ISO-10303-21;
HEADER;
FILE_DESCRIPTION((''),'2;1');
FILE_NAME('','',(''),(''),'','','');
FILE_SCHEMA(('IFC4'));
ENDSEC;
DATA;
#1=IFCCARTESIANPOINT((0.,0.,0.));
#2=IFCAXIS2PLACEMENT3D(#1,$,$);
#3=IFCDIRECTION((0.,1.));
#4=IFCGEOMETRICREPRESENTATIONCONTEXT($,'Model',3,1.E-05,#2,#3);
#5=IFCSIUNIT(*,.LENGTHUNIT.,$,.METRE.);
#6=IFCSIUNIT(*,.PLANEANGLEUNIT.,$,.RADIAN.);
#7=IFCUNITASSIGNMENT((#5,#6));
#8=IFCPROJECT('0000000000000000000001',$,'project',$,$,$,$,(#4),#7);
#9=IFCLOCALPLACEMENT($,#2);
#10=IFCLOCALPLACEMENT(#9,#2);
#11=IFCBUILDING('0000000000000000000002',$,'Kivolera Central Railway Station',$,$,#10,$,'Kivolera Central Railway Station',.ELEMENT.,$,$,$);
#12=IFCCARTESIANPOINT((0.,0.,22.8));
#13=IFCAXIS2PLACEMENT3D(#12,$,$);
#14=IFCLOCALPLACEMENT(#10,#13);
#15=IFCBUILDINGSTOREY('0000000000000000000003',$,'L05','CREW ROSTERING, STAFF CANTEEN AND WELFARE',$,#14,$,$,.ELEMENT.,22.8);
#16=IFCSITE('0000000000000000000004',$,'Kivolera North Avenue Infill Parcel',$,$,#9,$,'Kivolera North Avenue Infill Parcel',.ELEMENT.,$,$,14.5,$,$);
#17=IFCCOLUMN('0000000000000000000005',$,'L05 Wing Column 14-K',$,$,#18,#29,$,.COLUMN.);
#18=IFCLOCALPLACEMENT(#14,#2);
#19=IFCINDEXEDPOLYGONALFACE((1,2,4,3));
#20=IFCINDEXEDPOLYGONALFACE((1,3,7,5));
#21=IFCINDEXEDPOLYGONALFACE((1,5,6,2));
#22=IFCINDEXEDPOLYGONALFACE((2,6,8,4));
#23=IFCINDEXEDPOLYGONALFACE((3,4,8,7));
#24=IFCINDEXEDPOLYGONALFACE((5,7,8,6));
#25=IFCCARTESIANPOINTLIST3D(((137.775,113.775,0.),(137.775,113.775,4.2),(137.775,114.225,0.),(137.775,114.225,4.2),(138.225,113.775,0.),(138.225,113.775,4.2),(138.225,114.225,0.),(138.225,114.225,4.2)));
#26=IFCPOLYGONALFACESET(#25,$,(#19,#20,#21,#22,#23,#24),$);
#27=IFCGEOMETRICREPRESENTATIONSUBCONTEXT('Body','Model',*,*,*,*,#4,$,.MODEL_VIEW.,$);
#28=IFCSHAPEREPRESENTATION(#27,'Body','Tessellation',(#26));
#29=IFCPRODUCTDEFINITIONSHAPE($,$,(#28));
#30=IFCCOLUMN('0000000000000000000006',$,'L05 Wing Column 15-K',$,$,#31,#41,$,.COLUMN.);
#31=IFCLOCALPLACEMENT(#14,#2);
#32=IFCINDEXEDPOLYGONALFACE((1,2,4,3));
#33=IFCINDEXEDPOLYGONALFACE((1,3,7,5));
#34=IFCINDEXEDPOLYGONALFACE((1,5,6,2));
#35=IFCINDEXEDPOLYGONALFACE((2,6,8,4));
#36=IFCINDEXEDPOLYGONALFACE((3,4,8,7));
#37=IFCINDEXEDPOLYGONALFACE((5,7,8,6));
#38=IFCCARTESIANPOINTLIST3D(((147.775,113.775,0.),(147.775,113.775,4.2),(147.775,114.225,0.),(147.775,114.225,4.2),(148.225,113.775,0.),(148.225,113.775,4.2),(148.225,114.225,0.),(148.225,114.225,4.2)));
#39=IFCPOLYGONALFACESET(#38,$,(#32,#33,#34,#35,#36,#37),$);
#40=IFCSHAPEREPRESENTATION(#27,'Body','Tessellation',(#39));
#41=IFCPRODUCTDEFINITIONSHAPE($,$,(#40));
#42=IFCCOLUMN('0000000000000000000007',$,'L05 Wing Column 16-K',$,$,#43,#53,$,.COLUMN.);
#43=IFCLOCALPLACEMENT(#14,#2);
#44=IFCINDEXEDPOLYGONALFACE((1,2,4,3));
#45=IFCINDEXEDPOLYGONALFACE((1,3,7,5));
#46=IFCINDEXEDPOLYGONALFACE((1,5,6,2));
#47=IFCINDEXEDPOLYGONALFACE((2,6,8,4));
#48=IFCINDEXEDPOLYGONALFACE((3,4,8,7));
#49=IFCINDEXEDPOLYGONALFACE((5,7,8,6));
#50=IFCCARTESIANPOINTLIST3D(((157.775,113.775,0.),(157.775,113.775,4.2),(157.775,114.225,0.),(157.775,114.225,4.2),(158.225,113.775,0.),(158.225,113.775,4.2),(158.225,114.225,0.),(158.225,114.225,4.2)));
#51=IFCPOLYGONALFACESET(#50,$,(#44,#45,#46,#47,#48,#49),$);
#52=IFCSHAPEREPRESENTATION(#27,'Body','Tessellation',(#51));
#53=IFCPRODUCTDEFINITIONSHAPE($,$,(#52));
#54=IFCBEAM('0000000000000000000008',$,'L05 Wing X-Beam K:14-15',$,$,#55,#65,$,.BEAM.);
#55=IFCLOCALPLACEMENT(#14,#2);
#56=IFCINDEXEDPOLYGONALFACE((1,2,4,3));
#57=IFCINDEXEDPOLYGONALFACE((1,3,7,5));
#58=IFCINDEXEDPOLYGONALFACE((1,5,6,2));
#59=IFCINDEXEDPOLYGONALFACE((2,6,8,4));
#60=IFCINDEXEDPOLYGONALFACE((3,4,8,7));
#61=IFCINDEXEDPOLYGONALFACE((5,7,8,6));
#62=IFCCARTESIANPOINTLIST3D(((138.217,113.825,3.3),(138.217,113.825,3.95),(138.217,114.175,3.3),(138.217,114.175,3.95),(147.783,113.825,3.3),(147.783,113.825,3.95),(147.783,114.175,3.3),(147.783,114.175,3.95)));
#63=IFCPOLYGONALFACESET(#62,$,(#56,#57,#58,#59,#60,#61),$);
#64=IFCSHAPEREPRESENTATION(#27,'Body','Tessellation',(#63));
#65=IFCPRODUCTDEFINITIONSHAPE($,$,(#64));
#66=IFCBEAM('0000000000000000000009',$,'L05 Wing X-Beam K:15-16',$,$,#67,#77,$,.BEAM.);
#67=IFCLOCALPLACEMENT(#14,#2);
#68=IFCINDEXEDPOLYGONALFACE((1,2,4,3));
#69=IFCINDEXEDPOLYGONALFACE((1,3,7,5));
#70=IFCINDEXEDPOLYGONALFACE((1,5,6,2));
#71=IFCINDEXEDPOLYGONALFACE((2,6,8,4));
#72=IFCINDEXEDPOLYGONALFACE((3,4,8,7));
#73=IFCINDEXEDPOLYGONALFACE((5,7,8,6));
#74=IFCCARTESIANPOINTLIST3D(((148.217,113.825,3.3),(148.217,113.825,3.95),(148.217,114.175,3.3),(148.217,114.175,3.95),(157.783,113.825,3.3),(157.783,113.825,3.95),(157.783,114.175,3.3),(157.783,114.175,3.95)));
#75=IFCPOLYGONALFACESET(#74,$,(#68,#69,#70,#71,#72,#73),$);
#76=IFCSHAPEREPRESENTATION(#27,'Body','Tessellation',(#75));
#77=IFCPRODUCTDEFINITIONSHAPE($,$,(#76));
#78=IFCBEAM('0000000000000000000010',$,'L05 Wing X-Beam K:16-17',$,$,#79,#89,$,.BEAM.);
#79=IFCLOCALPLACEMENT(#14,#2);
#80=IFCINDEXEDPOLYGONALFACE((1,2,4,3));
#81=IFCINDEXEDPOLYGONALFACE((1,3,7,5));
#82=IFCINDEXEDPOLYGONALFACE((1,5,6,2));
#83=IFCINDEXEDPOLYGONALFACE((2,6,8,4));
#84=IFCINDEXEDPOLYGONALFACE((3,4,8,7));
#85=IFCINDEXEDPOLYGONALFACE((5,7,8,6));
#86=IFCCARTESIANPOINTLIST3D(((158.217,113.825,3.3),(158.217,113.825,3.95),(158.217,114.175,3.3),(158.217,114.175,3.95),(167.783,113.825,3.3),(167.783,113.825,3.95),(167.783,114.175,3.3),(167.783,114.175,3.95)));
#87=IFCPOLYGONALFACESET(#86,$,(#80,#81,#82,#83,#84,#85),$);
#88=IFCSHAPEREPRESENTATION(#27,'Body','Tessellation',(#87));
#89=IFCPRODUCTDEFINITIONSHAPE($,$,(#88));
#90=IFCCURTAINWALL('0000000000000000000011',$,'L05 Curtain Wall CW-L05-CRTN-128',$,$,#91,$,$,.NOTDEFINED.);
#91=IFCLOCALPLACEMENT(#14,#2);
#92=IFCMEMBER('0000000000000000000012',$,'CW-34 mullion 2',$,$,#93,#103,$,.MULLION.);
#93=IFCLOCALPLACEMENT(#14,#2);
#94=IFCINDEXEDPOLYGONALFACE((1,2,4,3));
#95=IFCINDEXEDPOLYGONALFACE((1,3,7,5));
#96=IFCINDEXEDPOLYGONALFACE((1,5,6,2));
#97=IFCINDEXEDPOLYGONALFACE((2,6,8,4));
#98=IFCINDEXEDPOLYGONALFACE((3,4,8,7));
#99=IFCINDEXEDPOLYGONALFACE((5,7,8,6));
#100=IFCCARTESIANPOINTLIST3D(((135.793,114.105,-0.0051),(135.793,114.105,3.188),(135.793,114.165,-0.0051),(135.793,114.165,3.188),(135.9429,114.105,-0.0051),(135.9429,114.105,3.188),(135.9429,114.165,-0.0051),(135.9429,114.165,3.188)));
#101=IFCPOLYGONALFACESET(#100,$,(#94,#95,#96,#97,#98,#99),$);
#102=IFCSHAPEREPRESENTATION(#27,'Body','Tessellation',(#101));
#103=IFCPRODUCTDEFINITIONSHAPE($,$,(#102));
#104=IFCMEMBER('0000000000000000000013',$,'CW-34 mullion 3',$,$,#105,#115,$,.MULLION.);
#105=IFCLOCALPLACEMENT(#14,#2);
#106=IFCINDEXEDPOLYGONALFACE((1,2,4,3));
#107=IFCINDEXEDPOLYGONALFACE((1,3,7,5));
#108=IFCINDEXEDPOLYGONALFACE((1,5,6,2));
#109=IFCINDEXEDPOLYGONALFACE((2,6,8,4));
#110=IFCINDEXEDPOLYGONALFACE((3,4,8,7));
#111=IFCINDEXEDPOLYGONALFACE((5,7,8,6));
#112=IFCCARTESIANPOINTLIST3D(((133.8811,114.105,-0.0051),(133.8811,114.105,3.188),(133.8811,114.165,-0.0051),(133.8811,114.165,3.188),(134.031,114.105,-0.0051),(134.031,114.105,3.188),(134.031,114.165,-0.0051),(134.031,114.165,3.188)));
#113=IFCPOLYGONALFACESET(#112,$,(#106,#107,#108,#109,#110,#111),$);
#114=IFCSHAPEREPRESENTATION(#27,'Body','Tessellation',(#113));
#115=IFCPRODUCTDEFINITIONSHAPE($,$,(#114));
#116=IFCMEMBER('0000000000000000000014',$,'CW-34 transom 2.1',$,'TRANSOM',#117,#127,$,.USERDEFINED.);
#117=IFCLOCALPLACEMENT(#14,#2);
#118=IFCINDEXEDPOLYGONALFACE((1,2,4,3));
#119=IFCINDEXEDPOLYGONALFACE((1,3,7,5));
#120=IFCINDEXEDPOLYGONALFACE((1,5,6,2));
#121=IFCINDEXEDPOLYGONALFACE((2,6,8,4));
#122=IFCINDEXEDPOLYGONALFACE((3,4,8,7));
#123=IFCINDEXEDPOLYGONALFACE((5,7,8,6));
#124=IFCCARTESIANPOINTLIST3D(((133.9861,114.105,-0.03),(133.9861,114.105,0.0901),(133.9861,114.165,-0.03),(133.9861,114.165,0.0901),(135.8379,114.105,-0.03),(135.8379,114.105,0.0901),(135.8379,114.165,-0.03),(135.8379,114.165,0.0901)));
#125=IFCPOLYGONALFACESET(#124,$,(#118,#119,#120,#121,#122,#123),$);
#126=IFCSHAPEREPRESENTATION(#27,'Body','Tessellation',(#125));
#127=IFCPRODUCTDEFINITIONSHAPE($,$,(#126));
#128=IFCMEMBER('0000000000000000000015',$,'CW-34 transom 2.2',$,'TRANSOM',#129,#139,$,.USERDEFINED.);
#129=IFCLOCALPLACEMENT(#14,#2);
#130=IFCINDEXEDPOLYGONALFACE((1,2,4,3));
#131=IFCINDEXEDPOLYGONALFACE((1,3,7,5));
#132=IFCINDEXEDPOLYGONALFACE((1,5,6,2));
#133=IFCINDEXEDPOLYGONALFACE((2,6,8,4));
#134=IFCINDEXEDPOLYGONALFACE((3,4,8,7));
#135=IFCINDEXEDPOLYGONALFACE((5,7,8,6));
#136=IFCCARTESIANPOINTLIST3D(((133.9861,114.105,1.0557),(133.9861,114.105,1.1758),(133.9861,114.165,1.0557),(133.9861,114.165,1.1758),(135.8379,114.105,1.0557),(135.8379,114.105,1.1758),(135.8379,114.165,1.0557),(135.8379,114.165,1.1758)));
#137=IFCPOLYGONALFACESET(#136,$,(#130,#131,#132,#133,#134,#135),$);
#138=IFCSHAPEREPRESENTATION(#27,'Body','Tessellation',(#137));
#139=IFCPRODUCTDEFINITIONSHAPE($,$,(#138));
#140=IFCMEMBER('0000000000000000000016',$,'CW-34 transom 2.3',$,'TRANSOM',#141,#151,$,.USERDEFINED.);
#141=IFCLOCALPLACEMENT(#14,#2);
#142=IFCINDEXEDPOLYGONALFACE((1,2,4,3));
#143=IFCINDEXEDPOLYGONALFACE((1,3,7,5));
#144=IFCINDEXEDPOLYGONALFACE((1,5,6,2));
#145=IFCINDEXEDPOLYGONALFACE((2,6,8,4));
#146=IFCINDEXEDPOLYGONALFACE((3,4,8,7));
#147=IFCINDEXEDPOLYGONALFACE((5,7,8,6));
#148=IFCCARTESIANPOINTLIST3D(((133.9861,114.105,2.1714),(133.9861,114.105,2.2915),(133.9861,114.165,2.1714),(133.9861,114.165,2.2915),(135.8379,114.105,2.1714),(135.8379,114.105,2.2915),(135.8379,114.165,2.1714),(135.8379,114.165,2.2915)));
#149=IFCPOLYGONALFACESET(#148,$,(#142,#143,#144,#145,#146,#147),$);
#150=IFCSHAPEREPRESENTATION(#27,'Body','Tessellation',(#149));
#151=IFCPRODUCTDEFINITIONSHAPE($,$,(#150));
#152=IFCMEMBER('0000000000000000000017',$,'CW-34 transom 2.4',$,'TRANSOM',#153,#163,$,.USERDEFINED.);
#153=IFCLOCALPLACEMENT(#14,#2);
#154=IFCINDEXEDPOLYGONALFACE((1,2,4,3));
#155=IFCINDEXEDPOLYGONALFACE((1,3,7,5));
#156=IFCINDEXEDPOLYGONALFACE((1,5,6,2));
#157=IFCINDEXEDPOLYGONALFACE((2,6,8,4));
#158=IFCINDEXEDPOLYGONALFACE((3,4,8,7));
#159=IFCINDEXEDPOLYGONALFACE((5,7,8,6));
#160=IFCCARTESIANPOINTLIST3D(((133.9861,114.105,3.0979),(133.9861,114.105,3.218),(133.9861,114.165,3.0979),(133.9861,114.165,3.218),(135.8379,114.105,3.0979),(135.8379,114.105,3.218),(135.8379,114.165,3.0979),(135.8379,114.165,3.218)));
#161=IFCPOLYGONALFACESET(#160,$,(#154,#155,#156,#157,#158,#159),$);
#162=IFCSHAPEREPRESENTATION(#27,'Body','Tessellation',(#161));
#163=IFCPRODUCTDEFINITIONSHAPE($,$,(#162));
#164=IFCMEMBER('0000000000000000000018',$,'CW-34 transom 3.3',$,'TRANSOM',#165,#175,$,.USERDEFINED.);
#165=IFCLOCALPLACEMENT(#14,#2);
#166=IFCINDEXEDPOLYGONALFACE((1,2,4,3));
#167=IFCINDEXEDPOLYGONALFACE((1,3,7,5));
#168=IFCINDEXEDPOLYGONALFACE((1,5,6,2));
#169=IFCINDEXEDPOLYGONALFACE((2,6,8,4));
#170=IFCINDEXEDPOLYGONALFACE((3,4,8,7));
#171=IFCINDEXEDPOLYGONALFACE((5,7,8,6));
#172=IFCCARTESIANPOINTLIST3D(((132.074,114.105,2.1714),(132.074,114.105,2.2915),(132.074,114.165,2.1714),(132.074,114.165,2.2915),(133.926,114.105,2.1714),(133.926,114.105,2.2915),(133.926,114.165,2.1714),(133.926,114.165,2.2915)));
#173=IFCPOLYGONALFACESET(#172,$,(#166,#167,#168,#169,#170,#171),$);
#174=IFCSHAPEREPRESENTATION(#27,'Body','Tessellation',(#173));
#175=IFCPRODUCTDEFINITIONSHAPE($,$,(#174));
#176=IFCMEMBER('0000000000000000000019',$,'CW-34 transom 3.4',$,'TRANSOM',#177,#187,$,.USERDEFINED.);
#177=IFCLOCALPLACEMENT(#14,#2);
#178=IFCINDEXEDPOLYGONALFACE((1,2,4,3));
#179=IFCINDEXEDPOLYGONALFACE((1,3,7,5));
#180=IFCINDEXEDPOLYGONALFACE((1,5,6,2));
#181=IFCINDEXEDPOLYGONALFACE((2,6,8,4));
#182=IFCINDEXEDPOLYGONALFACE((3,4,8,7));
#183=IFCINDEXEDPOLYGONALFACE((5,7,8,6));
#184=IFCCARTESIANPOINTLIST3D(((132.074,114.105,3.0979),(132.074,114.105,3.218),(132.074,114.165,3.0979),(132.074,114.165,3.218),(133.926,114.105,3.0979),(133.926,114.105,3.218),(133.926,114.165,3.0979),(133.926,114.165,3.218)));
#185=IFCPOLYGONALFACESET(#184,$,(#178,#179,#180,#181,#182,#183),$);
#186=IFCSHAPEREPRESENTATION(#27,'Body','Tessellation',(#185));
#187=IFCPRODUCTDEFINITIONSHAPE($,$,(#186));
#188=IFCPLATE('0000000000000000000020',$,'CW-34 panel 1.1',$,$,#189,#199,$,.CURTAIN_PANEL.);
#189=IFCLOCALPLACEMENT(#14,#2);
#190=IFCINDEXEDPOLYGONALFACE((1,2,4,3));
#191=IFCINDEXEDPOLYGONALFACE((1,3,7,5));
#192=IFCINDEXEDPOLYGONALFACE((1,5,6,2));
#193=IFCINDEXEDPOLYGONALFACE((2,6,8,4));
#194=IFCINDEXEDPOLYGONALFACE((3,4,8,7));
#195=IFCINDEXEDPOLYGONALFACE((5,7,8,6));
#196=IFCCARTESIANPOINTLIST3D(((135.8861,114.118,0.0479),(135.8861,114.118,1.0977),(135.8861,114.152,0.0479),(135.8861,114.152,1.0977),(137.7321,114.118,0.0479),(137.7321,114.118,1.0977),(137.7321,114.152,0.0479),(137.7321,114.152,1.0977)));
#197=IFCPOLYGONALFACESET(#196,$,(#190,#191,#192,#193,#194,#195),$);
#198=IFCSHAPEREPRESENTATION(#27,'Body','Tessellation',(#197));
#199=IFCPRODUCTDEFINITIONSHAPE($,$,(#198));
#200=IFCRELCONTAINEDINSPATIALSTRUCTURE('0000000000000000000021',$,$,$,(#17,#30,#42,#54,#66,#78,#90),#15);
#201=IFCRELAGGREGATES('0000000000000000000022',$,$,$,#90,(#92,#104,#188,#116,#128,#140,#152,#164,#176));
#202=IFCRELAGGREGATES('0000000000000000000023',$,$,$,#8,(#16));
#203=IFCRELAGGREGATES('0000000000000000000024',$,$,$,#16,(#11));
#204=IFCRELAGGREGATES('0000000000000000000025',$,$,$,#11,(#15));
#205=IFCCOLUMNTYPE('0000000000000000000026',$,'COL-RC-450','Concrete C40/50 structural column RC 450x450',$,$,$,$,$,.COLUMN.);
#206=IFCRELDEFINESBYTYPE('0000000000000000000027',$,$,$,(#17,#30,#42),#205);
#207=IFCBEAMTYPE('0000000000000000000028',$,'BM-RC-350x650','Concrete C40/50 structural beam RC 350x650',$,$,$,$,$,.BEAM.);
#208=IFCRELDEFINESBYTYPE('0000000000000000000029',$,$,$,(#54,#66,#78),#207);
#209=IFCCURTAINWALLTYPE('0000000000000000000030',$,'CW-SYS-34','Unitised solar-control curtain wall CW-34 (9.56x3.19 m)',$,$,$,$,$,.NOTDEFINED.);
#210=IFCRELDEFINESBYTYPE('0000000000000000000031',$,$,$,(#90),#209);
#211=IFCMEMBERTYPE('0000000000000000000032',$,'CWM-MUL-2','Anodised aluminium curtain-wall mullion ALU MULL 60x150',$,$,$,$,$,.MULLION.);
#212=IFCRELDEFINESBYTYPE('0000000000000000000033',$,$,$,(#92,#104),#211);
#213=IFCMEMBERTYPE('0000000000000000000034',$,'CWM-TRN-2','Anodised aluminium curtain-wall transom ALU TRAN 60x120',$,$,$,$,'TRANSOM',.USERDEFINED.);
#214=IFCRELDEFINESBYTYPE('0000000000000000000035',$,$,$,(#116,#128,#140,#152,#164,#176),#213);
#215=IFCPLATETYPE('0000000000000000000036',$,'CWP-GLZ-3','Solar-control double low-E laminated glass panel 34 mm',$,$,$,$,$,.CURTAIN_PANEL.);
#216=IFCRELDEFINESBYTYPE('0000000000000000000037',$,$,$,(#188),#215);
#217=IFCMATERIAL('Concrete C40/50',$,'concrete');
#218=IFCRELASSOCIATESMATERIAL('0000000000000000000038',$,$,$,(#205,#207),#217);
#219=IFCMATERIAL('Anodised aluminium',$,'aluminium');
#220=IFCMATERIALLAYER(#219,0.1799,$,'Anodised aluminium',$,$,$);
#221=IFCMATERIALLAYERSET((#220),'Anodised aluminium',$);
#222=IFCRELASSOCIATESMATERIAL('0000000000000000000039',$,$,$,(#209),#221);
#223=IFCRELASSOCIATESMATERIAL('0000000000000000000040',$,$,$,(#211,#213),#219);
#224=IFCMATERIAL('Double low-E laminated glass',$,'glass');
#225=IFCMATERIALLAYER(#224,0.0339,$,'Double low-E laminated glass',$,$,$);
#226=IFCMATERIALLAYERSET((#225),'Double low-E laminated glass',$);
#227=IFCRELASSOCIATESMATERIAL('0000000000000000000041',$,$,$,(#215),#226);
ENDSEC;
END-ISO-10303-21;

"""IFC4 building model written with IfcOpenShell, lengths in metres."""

from ifc_helpers import new_model, si_unit, direction, frame, origin, origin_2d, place, context, subcontext, project, spatial, rectangle, extrude, material, layer, layer_set, material_profile, profile_set, type_object, element, aggregate, save


model = new_model("IFC4")

# Units and contexts
model_context = context("Model", 3, precision=1e-05, world=origin(), true_north=direction((0.0, 1.0)))
body_context = subcontext(model_context, "Body", "Model", "MODEL_VIEW")
ifc_project = project(units=[si_unit("LENGTHUNIT", "METRE"), si_unit("PLANEANGLEUNIT", "RADIAN")], contexts=[model_context])

# Site, building, storey
site_placement = place(None, origin())
site = spatial("IfcSite", under=ifc_project, at=site_placement, Name="Kivolera North Avenue Infill Parcel", LongName="Kivolera North Avenue Infill Parcel", CompositionType="ELEMENT", RefElevation=14.5)
building_placement = place(site_placement, origin())
building = spatial("IfcBuilding", under=site, at=building_placement, Name="Kivolera Central Railway Station", LongName="Kivolera Central Railway Station", CompositionType="ELEMENT")
storey_placement = place(building_placement, frame((0.0, 0.0, 22.8)))
storey = spatial("IfcBuildingStorey", under=building, at=storey_placement, Name="L05", Description="CREW ROSTERING, STAFF CANTEEN AND WELFARE", CompositionType="ELEMENT", Elevation=22.8)

# Columns
ifc_material_1 = material(Name="Concrete C40/50", Category="concrete")
ifc_material_profile_1 = material_profile(ifc_material_1, rectangle(XDim=0.45, YDim=0.45, at=origin_2d()), Name="RC 450x450")
ifc_profile_set_1 = profile_set([ifc_material_profile_1], Name="Concrete C40/50")
column_type = type_object("IfcColumnType", Name="COL-RC-450", Description="Concrete C40/50 structural column RC 450x450", PredefinedType="COLUMN", material=ifc_profile_set_1)
for number, where, z_axis, x_axis, name in (
    (1, (138.0, 114.0, 0.0), (0.0, 0.0, 1.0), (1.0, 0.0, 0.0), "L05 Wing Column 14-K"),
    (2, (148.0, 114.0, 0.0), (0.0, 0.0, 1.0), (1.0, 0.0, 0.0), "L05 Wing Column 15-K"),
    (3, (158.0, 114.0, 0.0), (0.0, 0.0, 1.0), (1.0, 0.0, 0.0), "L05 Wing Column 16-K"),
):
    element("IfcColumn", number, at=place(storey_placement, frame(where, z_axis=z_axis, x_axis=x_axis)), inside=storey, type_object=column_type, Name=name, PredefinedType="COLUMN", context=body_context, shape_type="SweptSolid", body=[
        extrude(rectangle(XDim=0.45, YDim=0.45, at=origin_2d()), origin(), (0.0, 0.0, 1.0), 4.2),
    ])

# Beams
ifc_material_profile_2 = material_profile(ifc_material_1, rectangle(XDim=0.3501, YDim=0.6499, at=origin_2d()), Name="RC 350x650")
ifc_profile_set_2 = profile_set([ifc_material_profile_2], Name="Concrete C40/50")
beam_type = type_object("IfcBeamType", Name="BM-RC-350x650", Description="Concrete C40/50 structural beam RC 350x650", PredefinedType="BEAM", material=ifc_profile_set_2)
for number, where, z_axis, x_axis, name in (
    (4, (138.217, 114.0, 3.625), (1.0, 0.0, 0.0), (0.0, 1.0, 0.0), "L05 Wing X-Beam K:14-15"),
    (5, (148.217, 114.0, 3.625), (1.0, 0.0, 0.0), (0.0, 1.0, 0.0), "L05 Wing X-Beam K:15-16"),
    (6, (158.217, 114.0, 3.625), (1.0, 0.0, 0.0), (0.0, 1.0, 0.0), "L05 Wing X-Beam K:16-17"),
):
    element("IfcBeam", number, at=place(storey_placement, frame(where, z_axis=z_axis, x_axis=x_axis)), inside=storey, type_object=beam_type, Name=name, PredefinedType="BEAM", context=body_context, shape_type="SweptSolid", body=[
        extrude(rectangle(XDim=0.3501, YDim=0.6499, at=origin_2d()), origin(), (0.0, 0.0, 1.0), 9.5659),
    ])

# Curtain wall, members, plate
ifc_material_2 = material(Name="Anodised aluminium", Category="aluminium")
ifc_layer_1 = layer(ifc_material_2, 0.1799, Name="Anodised aluminium")
ifc_layer_set_1 = layer_set([ifc_layer_1], Name="Anodised aluminium")
curtain_wall_type = type_object("IfcCurtainWallType", Name="CW-SYS-34", Description="Unitised solar-control curtain wall CW-34 (9.56x3.19 m)", PredefinedType="NOTDEFINED", material=ifc_layer_set_1)
curtain_wall_placement = place(storey_placement, origin())
curtain_wall = element("IfcCurtainWall", 7, at=curtain_wall_placement, inside=storey, type_object=curtain_wall_type, Name="L05 Curtain Wall CW-L05-CRTN-128", PredefinedType="NOTDEFINED")
ifc_material_profile_3 = material_profile(ifc_material_2, rectangle(XDim=0.0601, YDim=0.1499, at=origin_2d()), Name="ALU MULL 60x150")
ifc_profile_set_3 = profile_set([ifc_material_profile_3], Name="Anodised aluminium")
member_type_1 = type_object("IfcMemberType", Name="CWM-MUL-2", Description="Anodised aluminium curtain-wall mullion ALU MULL 60x150", PredefinedType="MULLION", material=ifc_profile_set_3)
member_1_placement = place(storey_placement, frame((135.8679, 114.135, -0.0051), z_axis=(0.0, 0.0, 1.0), x_axis=(0.0, -1.0, 0.0)))
member_1 = element("IfcMember", 8, at=member_1_placement, type_object=member_type_1, Name="CW-34 mullion 2", PredefinedType="MULLION", context=body_context, shape_type="SweptSolid", body=[
    extrude(rectangle(XDim=0.0601, YDim=0.1499, at=origin_2d()), origin(), (0.0, 0.0, 1.0), 3.1931),
])
member_2_placement = place(storey_placement, frame((133.9561, 114.135, -0.0051), z_axis=(0.0, 0.0, 1.0), x_axis=(0.0, -1.0, 0.0)))
member_2 = element("IfcMember", 9, at=member_2_placement, type_object=member_type_1, Name="CW-34 mullion 3", PredefinedType="MULLION", context=body_context, shape_type="SweptSolid", body=[
    extrude(rectangle(XDim=0.0601, YDim=0.1499, at=origin_2d()), origin(), (0.0, 0.0, 1.0), 3.1931),
])
ifc_material_profile_4 = material_profile(ifc_material_2, rectangle(XDim=0.0601, YDim=0.1201, at=origin_2d()), Name="ALU TRAN 60x120")
ifc_profile_set_4 = profile_set([ifc_material_profile_4], Name="Anodised aluminium")
member_type_2 = type_object("IfcMemberType", Name="CWM-TRN-2", Description="Anodised aluminium curtain-wall transom ALU TRAN 60x120", ElementType="TRANSOM", PredefinedType="USERDEFINED", material=ifc_profile_set_4)
member_3_placement = place(storey_placement, frame((135.8379, 114.135, 0.03), z_axis=(-1.0, 0.0, 0.0), x_axis=(0.0, -1.0, 0.0)))
member_3 = element("IfcMember", 10, at=member_3_placement, type_object=member_type_2, Name="CW-34 transom 2.1", ObjectType="TRANSOM", PredefinedType="USERDEFINED", context=body_context, shape_type="SweptSolid", body=[
    extrude(rectangle(XDim=0.0601, YDim=0.1201, at=origin_2d()), origin(), (0.0, 0.0, 1.0), 1.8518),
])
member_4_placement = place(storey_placement, frame((135.8379, 114.135, 1.1157), z_axis=(-1.0, 0.0, 0.0), x_axis=(0.0, -1.0, 0.0)))
member_4 = element("IfcMember", 11, at=member_4_placement, type_object=member_type_2, Name="CW-34 transom 2.2", ObjectType="TRANSOM", PredefinedType="USERDEFINED", context=body_context, shape_type="SweptSolid", body=[
    extrude(rectangle(XDim=0.0601, YDim=0.1201, at=origin_2d()), origin(), (0.0, 0.0, 1.0), 1.8518),
])
member_5_placement = place(storey_placement, frame((135.8379, 114.135, 2.2314), z_axis=(-1.0, 0.0, 0.0), x_axis=(0.0, -1.0, 0.0)))
member_5 = element("IfcMember", 12, at=member_5_placement, type_object=member_type_2, Name="CW-34 transom 2.3", ObjectType="TRANSOM", PredefinedType="USERDEFINED", context=body_context, shape_type="SweptSolid", body=[
    extrude(rectangle(XDim=0.0601, YDim=0.1201, at=origin_2d()), origin(), (0.0, 0.0, 1.0), 1.8518),
])
member_6_placement = place(storey_placement, frame((135.8379, 114.135, 3.158), z_axis=(-1.0, 0.0, 0.0), x_axis=(0.0, -1.0, 0.0)))
member_6 = element("IfcMember", 13, at=member_6_placement, type_object=member_type_2, Name="CW-34 transom 2.4", ObjectType="TRANSOM", PredefinedType="USERDEFINED", context=body_context, shape_type="SweptSolid", body=[
    extrude(rectangle(XDim=0.0601, YDim=0.1201, at=origin_2d()), origin(), (0.0, 0.0, 1.0), 1.8518),
])
member_7_placement = place(storey_placement, frame((133.926, 114.135, 2.2314), z_axis=(-1.0, 0.0, 0.0), x_axis=(0.0, -1.0, 0.0)))
member_7 = element("IfcMember", 14, at=member_7_placement, type_object=member_type_2, Name="CW-34 transom 3.3", ObjectType="TRANSOM", PredefinedType="USERDEFINED", context=body_context, shape_type="SweptSolid", body=[
    extrude(rectangle(XDim=0.0601, YDim=0.1201, at=origin_2d()), origin(), (0.0, 0.0, 1.0), 1.8521),
])
member_8_placement = place(storey_placement, frame((133.926, 114.135, 3.158), z_axis=(-1.0, 0.0, 0.0), x_axis=(0.0, -1.0, 0.0)))
member_8 = element("IfcMember", 15, at=member_8_placement, type_object=member_type_2, Name="CW-34 transom 3.4", ObjectType="TRANSOM", PredefinedType="USERDEFINED", context=body_context, shape_type="SweptSolid", body=[
    extrude(rectangle(XDim=0.0601, YDim=0.1201, at=origin_2d()), origin(), (0.0, 0.0, 1.0), 1.8521),
])
ifc_material_3 = material(Name="Double low-E laminated glass", Category="glass")
ifc_layer_2 = layer(ifc_material_3, 0.0339, Name="Double low-E laminated glass")
ifc_layer_set_2 = layer_set([ifc_layer_2], Name="Double low-E laminated glass")
plate_type = type_object("IfcPlateType", Name="CWP-GLZ-3", Description="Solar-control double low-E laminated glass panel 34 mm", PredefinedType="CURTAIN_PANEL", material=ifc_layer_set_2)
plate_1_placement = place(storey_placement, frame((136.8091, 114.135, 0.0479), z_axis=(0.0, 0.0, 1.0), x_axis=(-1.0, 0.0, 0.0)))
plate_1 = element("IfcPlate", 16, at=plate_1_placement, type_object=plate_type, Name="CW-34 panel 1.1", PredefinedType="CURTAIN_PANEL", context=body_context, shape_type="SweptSolid", body=[
    extrude(rectangle(XDim=1.8459, YDim=0.0339, at=origin_2d()), origin(), (0.0, 0.0, 1.0), 1.0498),
])
aggregate(curtain_wall, [member_1, member_2, plate_1, member_3, member_4, member_5, member_6, member_7, member_8])

save(model, "model.ifc")
